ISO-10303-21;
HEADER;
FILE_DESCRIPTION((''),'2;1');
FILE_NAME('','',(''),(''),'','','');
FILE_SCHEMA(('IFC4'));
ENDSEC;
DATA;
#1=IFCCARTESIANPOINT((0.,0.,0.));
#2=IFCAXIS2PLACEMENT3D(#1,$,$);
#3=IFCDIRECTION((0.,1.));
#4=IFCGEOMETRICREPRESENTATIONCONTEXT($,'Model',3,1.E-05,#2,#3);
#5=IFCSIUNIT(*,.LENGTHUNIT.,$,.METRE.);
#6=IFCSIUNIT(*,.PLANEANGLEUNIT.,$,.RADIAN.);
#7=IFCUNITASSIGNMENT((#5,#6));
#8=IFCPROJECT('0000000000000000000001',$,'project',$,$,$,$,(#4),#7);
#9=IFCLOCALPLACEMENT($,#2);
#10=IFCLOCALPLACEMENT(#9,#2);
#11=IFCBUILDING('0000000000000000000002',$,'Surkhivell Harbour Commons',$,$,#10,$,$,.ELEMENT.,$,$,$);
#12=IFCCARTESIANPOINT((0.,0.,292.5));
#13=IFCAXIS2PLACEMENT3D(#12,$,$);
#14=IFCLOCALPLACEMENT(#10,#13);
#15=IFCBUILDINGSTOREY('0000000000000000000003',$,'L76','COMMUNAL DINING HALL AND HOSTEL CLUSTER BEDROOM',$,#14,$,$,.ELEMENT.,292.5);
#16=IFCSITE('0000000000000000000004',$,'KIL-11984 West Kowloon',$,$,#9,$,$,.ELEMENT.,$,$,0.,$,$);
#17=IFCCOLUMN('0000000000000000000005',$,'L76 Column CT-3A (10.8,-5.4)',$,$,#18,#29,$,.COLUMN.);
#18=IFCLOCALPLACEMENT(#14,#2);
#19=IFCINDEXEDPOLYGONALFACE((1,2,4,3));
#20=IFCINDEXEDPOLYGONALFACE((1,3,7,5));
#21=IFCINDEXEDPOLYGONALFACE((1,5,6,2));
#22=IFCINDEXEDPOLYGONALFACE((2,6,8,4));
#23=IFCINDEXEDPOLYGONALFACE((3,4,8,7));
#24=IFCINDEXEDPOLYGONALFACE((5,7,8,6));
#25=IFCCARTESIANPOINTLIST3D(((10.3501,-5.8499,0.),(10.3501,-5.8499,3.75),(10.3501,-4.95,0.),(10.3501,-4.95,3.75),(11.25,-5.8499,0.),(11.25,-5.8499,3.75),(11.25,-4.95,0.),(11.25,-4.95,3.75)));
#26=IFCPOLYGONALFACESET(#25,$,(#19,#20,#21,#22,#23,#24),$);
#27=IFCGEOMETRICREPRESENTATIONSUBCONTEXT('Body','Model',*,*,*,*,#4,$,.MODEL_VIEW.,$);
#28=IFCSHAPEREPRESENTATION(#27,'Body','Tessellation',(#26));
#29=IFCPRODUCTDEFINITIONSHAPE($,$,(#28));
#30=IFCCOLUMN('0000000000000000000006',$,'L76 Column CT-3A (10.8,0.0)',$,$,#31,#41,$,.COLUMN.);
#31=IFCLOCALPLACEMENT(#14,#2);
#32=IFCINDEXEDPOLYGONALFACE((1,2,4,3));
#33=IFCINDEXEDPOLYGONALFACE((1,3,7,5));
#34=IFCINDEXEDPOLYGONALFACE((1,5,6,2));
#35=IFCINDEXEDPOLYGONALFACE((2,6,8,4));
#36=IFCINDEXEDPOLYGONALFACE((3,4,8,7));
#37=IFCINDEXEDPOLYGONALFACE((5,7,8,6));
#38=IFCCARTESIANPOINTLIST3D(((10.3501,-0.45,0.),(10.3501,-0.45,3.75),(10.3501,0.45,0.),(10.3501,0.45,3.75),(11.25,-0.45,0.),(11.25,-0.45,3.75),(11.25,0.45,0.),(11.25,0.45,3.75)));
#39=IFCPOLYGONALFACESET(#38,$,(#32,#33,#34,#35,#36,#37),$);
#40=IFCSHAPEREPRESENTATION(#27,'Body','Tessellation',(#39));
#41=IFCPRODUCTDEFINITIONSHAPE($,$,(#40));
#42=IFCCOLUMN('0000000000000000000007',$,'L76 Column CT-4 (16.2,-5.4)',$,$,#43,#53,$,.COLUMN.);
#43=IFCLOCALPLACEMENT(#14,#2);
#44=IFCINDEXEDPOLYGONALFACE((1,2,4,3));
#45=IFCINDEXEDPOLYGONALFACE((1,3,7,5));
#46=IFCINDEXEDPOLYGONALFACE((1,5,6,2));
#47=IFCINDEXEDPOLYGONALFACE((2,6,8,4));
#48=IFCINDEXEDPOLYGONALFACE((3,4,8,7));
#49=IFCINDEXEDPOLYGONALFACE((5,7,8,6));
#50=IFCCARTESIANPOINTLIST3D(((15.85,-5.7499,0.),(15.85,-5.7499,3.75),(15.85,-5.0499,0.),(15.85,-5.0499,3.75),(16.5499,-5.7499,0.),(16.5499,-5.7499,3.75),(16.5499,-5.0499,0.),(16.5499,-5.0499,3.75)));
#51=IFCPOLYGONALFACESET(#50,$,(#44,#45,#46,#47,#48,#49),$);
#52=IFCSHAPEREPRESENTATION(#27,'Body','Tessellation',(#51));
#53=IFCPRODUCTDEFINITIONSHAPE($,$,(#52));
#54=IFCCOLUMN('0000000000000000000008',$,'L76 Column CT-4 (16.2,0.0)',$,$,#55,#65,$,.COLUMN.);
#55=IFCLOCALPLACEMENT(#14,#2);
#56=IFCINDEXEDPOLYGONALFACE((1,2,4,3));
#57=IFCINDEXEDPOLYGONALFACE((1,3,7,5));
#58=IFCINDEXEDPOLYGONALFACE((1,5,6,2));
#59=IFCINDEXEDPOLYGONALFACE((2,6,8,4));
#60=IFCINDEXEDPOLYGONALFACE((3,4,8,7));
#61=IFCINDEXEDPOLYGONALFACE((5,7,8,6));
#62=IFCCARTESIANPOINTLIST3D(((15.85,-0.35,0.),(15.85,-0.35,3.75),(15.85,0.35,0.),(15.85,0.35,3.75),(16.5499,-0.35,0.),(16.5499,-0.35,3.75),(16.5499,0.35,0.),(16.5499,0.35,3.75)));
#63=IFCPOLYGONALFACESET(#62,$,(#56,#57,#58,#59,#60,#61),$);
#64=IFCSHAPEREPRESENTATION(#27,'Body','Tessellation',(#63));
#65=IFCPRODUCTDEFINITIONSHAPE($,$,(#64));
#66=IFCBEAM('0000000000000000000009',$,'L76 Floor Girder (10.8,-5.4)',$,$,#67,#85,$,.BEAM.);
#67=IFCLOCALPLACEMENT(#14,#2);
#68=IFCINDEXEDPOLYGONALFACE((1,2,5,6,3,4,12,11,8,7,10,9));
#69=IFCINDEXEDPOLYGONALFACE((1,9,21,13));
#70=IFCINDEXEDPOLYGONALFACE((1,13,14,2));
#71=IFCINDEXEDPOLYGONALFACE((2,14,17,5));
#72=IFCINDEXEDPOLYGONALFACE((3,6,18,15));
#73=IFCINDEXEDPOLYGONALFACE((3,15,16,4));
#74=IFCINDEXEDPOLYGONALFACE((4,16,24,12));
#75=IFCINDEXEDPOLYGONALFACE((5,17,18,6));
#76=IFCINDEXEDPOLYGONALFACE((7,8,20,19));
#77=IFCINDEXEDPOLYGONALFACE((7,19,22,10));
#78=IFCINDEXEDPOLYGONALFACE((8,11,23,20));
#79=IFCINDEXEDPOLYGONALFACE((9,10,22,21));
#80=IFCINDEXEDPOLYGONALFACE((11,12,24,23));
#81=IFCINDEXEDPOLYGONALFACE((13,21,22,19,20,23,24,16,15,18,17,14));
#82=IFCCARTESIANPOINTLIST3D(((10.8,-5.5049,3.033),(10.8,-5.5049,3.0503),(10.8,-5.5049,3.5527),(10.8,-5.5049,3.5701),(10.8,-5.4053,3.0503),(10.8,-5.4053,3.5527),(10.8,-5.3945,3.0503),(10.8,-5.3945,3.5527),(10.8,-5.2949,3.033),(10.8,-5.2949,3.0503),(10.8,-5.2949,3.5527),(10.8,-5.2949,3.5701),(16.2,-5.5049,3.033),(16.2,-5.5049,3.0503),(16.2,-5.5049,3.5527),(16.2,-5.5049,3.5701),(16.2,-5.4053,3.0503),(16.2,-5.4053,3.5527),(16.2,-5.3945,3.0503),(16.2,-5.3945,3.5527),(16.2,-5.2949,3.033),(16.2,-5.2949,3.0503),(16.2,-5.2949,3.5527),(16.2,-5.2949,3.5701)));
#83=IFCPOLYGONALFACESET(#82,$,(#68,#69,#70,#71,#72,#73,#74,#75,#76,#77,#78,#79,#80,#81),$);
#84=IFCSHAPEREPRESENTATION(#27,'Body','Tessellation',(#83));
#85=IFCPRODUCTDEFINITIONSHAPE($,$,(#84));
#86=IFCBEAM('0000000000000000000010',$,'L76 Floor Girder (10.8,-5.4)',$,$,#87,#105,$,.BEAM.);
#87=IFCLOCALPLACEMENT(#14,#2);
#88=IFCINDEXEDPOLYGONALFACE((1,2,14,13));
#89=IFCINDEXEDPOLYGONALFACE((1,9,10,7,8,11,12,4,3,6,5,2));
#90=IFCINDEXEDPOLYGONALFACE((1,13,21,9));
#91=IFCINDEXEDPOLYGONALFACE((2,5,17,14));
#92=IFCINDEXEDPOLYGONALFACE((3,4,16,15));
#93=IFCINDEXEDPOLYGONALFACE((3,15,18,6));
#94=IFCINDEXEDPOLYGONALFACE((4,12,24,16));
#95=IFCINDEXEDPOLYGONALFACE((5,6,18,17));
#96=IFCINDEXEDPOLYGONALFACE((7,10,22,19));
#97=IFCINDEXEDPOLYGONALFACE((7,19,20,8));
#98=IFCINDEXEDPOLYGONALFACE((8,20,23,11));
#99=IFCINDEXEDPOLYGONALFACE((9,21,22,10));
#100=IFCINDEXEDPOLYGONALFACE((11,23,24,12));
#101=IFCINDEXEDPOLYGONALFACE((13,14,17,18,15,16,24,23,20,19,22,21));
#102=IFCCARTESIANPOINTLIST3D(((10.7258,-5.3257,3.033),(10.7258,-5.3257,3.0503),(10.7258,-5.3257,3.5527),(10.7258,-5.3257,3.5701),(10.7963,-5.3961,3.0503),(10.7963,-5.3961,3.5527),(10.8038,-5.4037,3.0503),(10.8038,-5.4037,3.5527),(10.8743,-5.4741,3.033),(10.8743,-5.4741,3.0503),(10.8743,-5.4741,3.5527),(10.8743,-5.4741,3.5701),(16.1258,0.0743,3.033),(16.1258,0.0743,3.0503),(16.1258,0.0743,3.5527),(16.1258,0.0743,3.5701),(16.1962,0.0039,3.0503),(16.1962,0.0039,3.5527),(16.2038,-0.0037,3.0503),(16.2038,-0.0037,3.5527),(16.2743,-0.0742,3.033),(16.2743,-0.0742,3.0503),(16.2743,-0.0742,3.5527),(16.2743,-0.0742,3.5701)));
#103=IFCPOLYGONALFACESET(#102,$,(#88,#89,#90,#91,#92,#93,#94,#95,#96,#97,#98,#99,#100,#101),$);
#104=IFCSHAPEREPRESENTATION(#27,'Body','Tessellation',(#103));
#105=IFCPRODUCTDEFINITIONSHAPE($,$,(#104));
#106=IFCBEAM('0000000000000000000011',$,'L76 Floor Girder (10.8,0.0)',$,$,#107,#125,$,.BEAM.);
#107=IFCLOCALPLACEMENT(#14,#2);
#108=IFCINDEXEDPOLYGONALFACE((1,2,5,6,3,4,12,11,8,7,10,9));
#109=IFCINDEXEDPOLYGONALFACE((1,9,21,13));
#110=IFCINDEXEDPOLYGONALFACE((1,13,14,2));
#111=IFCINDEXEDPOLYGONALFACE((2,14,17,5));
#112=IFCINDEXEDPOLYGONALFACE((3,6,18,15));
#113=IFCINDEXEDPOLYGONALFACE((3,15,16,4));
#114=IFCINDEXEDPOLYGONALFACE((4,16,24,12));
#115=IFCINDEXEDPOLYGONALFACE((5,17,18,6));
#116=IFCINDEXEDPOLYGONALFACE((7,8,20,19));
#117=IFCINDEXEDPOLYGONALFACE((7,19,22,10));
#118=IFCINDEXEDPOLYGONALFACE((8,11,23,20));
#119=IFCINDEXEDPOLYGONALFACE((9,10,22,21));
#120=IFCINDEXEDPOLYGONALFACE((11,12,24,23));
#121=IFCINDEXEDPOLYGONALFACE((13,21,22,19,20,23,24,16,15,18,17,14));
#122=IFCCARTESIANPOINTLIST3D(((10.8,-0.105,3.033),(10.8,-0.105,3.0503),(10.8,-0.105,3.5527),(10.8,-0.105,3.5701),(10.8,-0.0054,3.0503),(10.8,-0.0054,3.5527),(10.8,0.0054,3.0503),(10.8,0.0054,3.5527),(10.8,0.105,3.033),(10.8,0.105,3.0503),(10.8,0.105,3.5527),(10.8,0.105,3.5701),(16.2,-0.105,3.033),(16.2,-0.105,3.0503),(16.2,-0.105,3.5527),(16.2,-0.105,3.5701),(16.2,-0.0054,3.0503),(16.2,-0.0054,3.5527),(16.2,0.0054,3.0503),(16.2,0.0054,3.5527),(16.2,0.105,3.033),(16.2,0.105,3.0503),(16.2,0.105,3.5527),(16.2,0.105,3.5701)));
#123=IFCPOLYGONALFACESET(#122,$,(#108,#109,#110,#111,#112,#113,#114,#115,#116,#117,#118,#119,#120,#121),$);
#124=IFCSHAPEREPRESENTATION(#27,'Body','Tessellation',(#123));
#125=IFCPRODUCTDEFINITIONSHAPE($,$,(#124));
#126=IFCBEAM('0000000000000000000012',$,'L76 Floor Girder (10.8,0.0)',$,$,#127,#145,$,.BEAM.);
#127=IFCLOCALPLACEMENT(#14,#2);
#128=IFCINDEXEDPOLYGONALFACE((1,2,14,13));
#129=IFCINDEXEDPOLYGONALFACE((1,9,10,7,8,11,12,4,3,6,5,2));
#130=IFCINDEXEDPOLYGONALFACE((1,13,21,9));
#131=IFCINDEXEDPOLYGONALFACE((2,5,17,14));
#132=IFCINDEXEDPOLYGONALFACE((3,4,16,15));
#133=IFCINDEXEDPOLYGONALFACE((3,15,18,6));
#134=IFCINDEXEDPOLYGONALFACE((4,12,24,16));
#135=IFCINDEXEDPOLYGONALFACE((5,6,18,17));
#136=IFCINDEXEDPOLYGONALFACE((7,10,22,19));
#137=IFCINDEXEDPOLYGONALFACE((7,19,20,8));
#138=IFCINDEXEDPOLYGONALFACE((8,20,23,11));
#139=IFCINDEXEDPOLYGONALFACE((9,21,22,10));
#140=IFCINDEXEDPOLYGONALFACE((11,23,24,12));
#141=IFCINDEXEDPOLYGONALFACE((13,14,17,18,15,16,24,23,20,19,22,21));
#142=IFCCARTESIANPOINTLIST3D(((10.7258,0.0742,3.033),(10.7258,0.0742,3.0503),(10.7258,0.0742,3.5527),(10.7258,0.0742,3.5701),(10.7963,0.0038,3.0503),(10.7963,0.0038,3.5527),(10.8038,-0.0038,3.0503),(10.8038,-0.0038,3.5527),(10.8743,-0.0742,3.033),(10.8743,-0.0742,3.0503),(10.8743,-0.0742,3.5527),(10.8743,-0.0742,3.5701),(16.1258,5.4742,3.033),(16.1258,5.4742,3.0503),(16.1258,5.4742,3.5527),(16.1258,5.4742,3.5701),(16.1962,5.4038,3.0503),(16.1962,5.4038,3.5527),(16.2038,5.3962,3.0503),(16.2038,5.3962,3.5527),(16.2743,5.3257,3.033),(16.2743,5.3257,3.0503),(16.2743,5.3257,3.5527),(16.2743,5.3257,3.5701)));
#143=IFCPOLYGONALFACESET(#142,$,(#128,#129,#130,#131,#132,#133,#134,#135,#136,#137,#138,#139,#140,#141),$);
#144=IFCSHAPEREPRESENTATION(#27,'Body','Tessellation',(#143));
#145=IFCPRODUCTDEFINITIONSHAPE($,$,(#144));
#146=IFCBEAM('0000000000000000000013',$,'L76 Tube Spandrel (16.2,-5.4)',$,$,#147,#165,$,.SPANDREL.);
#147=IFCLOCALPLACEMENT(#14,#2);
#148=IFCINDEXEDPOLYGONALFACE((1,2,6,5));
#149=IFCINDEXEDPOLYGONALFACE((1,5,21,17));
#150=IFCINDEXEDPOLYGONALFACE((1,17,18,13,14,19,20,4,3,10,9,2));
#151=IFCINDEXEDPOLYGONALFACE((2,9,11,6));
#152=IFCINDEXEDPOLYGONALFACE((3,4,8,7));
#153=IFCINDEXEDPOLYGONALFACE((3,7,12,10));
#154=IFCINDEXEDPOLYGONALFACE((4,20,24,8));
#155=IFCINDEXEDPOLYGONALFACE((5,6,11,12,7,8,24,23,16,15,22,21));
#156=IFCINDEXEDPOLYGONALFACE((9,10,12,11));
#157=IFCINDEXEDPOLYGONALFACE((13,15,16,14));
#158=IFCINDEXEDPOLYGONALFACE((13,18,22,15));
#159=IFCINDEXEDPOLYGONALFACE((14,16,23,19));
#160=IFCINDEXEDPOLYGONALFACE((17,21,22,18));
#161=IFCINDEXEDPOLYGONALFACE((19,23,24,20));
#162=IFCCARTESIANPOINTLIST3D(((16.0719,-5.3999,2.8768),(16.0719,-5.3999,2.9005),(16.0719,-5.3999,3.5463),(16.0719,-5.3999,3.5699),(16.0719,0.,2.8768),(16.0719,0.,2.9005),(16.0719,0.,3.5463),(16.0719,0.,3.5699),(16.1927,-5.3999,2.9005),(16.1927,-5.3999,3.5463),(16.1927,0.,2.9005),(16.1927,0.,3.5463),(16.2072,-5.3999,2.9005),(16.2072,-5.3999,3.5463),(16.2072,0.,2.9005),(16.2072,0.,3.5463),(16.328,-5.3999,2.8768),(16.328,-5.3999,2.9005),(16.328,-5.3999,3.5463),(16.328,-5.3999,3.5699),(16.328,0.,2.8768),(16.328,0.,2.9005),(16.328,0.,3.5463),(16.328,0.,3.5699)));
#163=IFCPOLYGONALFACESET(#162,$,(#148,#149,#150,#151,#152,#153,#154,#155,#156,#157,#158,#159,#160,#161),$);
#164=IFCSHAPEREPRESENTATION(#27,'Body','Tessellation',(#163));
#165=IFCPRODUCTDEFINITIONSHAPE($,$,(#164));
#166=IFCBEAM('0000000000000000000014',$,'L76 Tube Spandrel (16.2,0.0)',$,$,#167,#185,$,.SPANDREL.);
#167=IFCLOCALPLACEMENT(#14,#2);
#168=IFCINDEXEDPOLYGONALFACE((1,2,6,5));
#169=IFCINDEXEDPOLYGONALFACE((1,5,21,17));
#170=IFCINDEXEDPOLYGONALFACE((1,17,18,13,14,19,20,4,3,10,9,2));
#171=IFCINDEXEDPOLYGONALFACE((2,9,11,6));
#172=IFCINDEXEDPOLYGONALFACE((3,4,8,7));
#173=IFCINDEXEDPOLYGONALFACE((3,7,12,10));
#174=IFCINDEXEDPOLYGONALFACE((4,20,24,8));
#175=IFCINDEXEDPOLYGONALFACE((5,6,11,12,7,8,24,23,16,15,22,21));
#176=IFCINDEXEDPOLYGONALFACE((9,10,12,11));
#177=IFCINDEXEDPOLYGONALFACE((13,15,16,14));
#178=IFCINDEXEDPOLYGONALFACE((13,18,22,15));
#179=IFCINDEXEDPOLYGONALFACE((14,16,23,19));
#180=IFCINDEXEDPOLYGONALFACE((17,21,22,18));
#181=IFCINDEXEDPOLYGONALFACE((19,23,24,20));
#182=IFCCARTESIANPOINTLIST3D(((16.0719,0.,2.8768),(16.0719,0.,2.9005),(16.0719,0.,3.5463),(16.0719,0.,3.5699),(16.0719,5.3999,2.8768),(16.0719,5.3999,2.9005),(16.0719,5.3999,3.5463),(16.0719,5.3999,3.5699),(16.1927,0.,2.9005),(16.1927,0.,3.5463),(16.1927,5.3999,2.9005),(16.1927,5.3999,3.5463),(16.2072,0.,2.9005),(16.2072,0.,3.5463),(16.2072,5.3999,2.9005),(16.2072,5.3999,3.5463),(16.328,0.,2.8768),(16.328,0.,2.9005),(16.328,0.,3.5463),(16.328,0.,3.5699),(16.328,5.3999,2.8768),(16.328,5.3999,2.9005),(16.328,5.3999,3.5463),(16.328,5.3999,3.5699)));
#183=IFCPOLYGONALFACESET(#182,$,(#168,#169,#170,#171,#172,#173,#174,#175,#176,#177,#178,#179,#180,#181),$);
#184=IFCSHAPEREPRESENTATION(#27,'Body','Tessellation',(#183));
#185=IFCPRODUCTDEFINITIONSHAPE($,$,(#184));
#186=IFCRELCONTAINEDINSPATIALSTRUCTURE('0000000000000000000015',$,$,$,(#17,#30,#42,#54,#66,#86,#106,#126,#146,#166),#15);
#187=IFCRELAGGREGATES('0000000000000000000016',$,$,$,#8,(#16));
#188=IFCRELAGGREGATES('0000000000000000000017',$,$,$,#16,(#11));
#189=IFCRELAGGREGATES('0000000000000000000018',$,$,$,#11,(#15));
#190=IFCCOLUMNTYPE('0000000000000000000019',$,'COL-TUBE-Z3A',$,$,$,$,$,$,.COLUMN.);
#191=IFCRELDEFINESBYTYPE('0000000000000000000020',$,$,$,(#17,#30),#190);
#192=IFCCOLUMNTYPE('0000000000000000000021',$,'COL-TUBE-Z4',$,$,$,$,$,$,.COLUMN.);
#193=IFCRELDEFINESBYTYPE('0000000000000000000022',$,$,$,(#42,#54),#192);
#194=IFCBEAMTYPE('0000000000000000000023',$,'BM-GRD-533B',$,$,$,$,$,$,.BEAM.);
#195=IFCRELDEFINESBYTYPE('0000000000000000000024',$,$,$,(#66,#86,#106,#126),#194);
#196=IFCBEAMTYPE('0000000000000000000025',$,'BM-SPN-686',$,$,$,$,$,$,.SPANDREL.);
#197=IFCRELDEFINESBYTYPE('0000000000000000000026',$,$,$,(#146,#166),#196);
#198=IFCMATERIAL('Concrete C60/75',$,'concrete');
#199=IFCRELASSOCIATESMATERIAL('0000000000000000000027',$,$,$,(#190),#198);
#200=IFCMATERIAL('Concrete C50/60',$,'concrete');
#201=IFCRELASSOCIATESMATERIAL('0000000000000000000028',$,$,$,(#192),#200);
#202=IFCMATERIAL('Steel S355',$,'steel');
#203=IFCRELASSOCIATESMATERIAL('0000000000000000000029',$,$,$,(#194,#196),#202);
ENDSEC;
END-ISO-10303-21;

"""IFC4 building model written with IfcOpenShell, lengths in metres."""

from ifc_helpers import new_model, si_unit, direction, frame, origin, origin_2d, place, context, subcontext, project, spatial, rectangle, i_section, extrude, material, material_profile, profile_set, type_object, element, save


model = new_model("IFC4")

# Units and contexts
model_context = context("Model", 3, precision=1e-05, world=origin(), true_north=direction((0.0, 1.0)))
body_context = subcontext(model_context, "Body", "Model", "MODEL_VIEW")
ifc_project = project(units=[si_unit("LENGTHUNIT", "METRE"), si_unit("PLANEANGLEUNIT", "RADIAN")], contexts=[model_context])

# Site, building, storey
site_placement = place(None, origin())
site = spatial("IfcSite", under=ifc_project, at=site_placement, Name="KIL-11984 West Kowloon", CompositionType="ELEMENT", RefElevation=0.0)
building_placement = place(site_placement, origin())
building = spatial("IfcBuilding", under=site, at=building_placement, Name="Surkhivell Harbour Commons", CompositionType="ELEMENT")
storey_placement = place(building_placement, frame((0.0, 0.0, 292.5)))
storey = spatial("IfcBuildingStorey", under=building, at=storey_placement, Name="L76", Description="COMMUNAL DINING HALL AND HOSTEL CLUSTER BEDROOM", CompositionType="ELEMENT", Elevation=292.5)

# Columns
ifc_material_1 = material(Name="Concrete C60/75", Category="concrete")
ifc_material_profile_1 = material_profile(ifc_material_1, rectangle(XDim=0.8999, YDim=0.8999, at=origin_2d()), Name="RC-COL-900x900")
ifc_profile_set_1 = profile_set([ifc_material_profile_1], Name="Concrete C60/75")
column_type_1 = type_object("IfcColumnType", Name="COL-TUBE-Z3A", PredefinedType="COLUMN", material=ifc_profile_set_1)
for number, where, z_axis, x_axis, name in (
    (1, (10.8, -5.3999, 0.0), (0.0, 0.0, 1.0), (1.0, 0.0, 0.0), "L76 Column CT-3A (10.8,-5.4)"),
    (2, (10.8, 0.0, 0.0), (0.0, 0.0, 1.0), (1.0, 0.0, 0.0), "L76 Column CT-3A (10.8,0.0)"),
):
    element("IfcColumn", number, at=place(storey_placement, frame(where, z_axis=z_axis, x_axis=x_axis)), inside=storey, type_object=column_type_1, Name=name, PredefinedType="COLUMN", context=body_context, shape_type="SweptSolid", body=[
        extrude(rectangle(XDim=0.8999, YDim=0.8999, at=origin_2d()), origin(), (0.0, 0.0, 1.0), 3.75),
    ])
ifc_material_2 = material(Name="Concrete C50/60", Category="concrete")
ifc_material_profile_2 = material_profile(ifc_material_2, rectangle(XDim=0.7, YDim=0.7, at=origin_2d()), Name="RC-COL-700x700")
ifc_profile_set_2 = profile_set([ifc_material_profile_2], Name="Concrete C50/60")
column_type_2 = type_object("IfcColumnType", Name="COL-TUBE-Z4", PredefinedType="COLUMN", material=ifc_profile_set_2)
for number, where, z_axis, x_axis, name in (
    (3, (16.2, -5.3999, 0.0), (0.0, 0.0, 1.0), (1.0, 0.0, 0.0), "L76 Column CT-4 (16.2,-5.4)"),
    (4, (16.2, 0.0, 0.0), (0.0, 0.0, 1.0), (1.0, 0.0, 0.0), "L76 Column CT-4 (16.2,0.0)"),
):
    element("IfcColumn", number, at=place(storey_placement, frame(where, z_axis=z_axis, x_axis=x_axis)), inside=storey, type_object=column_type_2, Name=name, PredefinedType="COLUMN", context=body_context, shape_type="SweptSolid", body=[
        extrude(rectangle(XDim=0.7, YDim=0.7, at=origin_2d()), origin(), (0.0, 0.0, 1.0), 3.75),
    ])

# Beams
ifc_material_3 = material(Name="Steel S355", Category="steel")
ifc_material_profile_3 = material_profile(ifc_material_3, i_section(OverallWidth=0.21, OverallDepth=0.5371, WebThickness=0.0107, FlangeThickness=0.0173, at=origin_2d()), Name="UB533x210x101")
ifc_profile_set_3 = profile_set([ifc_material_profile_3], Name="Steel S355")
beam_type_1 = type_object("IfcBeamType", Name="BM-GRD-533B", PredefinedType="BEAM", material=ifc_profile_set_3)
beam_1_placement = place(storey_placement, frame((10.8, -5.3999, 3.3015), z_axis=(1.0, 0.0, 0.0), x_axis=(0.0, 1.0, 0.0)))
element("IfcBeam", 5, at=beam_1_placement, inside=storey, type_object=beam_type_1, Name="L76 Floor Girder (10.8,-5.4)", PredefinedType="BEAM", context=body_context, shape_type="SweptSolid", body=[
    extrude(i_section(OverallWidth=0.21, OverallDepth=0.5371, WebThickness=0.0107, FlangeThickness=0.0173, at=origin_2d()), origin(), (0.0, 0.0, 1.0), 5.3999),
])
beam_2_placement = place(storey_placement, frame((10.8, -5.3999, 3.3015), z_axis=(0.707107, 0.707107, 0.0), x_axis=(-0.707107, 0.707107, 0.0)))
element("IfcBeam", 6, at=beam_2_placement, inside=storey, type_object=beam_type_1, Name="L76 Floor Girder (10.8,-5.4)", PredefinedType="BEAM", context=body_context, shape_type="SweptSolid", body=[
    extrude(i_section(OverallWidth=0.21, OverallDepth=0.5371, WebThickness=0.0107, FlangeThickness=0.0173, at=origin_2d()), origin(), (0.0, 0.0, 1.0), 7.6367),
])
beam_3_placement = place(storey_placement, frame((10.8, 0.0, 3.3015), z_axis=(1.0, 0.0, 0.0), x_axis=(0.0, 1.0, 0.0)))
element("IfcBeam", 7, at=beam_3_placement, inside=storey, type_object=beam_type_1, Name="L76 Floor Girder (10.8,0.0)", PredefinedType="BEAM", context=body_context, shape_type="SweptSolid", body=[
    extrude(i_section(OverallWidth=0.21, OverallDepth=0.5371, WebThickness=0.0107, FlangeThickness=0.0173, at=origin_2d()), origin(), (0.0, 0.0, 1.0), 5.3999),
])
beam_4_placement = place(storey_placement, frame((10.8, 0.0, 3.3015), z_axis=(0.707107, 0.707107, 0.0), x_axis=(-0.707107, 0.707107, 0.0)))
element("IfcBeam", 8, at=beam_4_placement, inside=storey, type_object=beam_type_1, Name="L76 Floor Girder (10.8,0.0)", PredefinedType="BEAM", context=body_context, shape_type="SweptSolid", body=[
    extrude(i_section(OverallWidth=0.21, OverallDepth=0.5371, WebThickness=0.0107, FlangeThickness=0.0173, at=origin_2d()), origin(), (0.0, 0.0, 1.0), 7.6367),
])
ifc_material_profile_4 = material_profile(ifc_material_3, i_section(OverallWidth=0.2561, OverallDepth=0.6931, WebThickness=0.0144, FlangeThickness=0.0237, at=origin_2d()), Name="UB686x254x170")
ifc_profile_set_4 = profile_set([ifc_material_profile_4], Name="Steel S355")
beam_type_2 = type_object("IfcBeamType", Name="BM-SPN-686", PredefinedType="SPANDREL", material=ifc_profile_set_4)
for number, where, z_axis, x_axis, name in (
    (9, (16.2, -5.3999, 3.2234), (0.0, 1.0, 0.0), (-1.0, 0.0, 0.0), "L76 Tube Spandrel (16.2,-5.4)"),
    (10, (16.2, 0.0, 3.2234), (0.0, 1.0, 0.0), (-1.0, 0.0, 0.0), "L76 Tube Spandrel (16.2,0.0)"),
):
    element("IfcBeam", number, at=place(storey_placement, frame(where, z_axis=z_axis, x_axis=x_axis)), inside=storey, type_object=beam_type_2, Name=name, PredefinedType="SPANDREL", context=body_context, shape_type="SweptSolid", body=[
        extrude(i_section(OverallWidth=0.2561, OverallDepth=0.6931, WebThickness=0.0144, FlangeThickness=0.0237, at=origin_2d()), origin(), (0.0, 0.0, 1.0), 5.3999),
    ])

save(model, "model.ifc")
